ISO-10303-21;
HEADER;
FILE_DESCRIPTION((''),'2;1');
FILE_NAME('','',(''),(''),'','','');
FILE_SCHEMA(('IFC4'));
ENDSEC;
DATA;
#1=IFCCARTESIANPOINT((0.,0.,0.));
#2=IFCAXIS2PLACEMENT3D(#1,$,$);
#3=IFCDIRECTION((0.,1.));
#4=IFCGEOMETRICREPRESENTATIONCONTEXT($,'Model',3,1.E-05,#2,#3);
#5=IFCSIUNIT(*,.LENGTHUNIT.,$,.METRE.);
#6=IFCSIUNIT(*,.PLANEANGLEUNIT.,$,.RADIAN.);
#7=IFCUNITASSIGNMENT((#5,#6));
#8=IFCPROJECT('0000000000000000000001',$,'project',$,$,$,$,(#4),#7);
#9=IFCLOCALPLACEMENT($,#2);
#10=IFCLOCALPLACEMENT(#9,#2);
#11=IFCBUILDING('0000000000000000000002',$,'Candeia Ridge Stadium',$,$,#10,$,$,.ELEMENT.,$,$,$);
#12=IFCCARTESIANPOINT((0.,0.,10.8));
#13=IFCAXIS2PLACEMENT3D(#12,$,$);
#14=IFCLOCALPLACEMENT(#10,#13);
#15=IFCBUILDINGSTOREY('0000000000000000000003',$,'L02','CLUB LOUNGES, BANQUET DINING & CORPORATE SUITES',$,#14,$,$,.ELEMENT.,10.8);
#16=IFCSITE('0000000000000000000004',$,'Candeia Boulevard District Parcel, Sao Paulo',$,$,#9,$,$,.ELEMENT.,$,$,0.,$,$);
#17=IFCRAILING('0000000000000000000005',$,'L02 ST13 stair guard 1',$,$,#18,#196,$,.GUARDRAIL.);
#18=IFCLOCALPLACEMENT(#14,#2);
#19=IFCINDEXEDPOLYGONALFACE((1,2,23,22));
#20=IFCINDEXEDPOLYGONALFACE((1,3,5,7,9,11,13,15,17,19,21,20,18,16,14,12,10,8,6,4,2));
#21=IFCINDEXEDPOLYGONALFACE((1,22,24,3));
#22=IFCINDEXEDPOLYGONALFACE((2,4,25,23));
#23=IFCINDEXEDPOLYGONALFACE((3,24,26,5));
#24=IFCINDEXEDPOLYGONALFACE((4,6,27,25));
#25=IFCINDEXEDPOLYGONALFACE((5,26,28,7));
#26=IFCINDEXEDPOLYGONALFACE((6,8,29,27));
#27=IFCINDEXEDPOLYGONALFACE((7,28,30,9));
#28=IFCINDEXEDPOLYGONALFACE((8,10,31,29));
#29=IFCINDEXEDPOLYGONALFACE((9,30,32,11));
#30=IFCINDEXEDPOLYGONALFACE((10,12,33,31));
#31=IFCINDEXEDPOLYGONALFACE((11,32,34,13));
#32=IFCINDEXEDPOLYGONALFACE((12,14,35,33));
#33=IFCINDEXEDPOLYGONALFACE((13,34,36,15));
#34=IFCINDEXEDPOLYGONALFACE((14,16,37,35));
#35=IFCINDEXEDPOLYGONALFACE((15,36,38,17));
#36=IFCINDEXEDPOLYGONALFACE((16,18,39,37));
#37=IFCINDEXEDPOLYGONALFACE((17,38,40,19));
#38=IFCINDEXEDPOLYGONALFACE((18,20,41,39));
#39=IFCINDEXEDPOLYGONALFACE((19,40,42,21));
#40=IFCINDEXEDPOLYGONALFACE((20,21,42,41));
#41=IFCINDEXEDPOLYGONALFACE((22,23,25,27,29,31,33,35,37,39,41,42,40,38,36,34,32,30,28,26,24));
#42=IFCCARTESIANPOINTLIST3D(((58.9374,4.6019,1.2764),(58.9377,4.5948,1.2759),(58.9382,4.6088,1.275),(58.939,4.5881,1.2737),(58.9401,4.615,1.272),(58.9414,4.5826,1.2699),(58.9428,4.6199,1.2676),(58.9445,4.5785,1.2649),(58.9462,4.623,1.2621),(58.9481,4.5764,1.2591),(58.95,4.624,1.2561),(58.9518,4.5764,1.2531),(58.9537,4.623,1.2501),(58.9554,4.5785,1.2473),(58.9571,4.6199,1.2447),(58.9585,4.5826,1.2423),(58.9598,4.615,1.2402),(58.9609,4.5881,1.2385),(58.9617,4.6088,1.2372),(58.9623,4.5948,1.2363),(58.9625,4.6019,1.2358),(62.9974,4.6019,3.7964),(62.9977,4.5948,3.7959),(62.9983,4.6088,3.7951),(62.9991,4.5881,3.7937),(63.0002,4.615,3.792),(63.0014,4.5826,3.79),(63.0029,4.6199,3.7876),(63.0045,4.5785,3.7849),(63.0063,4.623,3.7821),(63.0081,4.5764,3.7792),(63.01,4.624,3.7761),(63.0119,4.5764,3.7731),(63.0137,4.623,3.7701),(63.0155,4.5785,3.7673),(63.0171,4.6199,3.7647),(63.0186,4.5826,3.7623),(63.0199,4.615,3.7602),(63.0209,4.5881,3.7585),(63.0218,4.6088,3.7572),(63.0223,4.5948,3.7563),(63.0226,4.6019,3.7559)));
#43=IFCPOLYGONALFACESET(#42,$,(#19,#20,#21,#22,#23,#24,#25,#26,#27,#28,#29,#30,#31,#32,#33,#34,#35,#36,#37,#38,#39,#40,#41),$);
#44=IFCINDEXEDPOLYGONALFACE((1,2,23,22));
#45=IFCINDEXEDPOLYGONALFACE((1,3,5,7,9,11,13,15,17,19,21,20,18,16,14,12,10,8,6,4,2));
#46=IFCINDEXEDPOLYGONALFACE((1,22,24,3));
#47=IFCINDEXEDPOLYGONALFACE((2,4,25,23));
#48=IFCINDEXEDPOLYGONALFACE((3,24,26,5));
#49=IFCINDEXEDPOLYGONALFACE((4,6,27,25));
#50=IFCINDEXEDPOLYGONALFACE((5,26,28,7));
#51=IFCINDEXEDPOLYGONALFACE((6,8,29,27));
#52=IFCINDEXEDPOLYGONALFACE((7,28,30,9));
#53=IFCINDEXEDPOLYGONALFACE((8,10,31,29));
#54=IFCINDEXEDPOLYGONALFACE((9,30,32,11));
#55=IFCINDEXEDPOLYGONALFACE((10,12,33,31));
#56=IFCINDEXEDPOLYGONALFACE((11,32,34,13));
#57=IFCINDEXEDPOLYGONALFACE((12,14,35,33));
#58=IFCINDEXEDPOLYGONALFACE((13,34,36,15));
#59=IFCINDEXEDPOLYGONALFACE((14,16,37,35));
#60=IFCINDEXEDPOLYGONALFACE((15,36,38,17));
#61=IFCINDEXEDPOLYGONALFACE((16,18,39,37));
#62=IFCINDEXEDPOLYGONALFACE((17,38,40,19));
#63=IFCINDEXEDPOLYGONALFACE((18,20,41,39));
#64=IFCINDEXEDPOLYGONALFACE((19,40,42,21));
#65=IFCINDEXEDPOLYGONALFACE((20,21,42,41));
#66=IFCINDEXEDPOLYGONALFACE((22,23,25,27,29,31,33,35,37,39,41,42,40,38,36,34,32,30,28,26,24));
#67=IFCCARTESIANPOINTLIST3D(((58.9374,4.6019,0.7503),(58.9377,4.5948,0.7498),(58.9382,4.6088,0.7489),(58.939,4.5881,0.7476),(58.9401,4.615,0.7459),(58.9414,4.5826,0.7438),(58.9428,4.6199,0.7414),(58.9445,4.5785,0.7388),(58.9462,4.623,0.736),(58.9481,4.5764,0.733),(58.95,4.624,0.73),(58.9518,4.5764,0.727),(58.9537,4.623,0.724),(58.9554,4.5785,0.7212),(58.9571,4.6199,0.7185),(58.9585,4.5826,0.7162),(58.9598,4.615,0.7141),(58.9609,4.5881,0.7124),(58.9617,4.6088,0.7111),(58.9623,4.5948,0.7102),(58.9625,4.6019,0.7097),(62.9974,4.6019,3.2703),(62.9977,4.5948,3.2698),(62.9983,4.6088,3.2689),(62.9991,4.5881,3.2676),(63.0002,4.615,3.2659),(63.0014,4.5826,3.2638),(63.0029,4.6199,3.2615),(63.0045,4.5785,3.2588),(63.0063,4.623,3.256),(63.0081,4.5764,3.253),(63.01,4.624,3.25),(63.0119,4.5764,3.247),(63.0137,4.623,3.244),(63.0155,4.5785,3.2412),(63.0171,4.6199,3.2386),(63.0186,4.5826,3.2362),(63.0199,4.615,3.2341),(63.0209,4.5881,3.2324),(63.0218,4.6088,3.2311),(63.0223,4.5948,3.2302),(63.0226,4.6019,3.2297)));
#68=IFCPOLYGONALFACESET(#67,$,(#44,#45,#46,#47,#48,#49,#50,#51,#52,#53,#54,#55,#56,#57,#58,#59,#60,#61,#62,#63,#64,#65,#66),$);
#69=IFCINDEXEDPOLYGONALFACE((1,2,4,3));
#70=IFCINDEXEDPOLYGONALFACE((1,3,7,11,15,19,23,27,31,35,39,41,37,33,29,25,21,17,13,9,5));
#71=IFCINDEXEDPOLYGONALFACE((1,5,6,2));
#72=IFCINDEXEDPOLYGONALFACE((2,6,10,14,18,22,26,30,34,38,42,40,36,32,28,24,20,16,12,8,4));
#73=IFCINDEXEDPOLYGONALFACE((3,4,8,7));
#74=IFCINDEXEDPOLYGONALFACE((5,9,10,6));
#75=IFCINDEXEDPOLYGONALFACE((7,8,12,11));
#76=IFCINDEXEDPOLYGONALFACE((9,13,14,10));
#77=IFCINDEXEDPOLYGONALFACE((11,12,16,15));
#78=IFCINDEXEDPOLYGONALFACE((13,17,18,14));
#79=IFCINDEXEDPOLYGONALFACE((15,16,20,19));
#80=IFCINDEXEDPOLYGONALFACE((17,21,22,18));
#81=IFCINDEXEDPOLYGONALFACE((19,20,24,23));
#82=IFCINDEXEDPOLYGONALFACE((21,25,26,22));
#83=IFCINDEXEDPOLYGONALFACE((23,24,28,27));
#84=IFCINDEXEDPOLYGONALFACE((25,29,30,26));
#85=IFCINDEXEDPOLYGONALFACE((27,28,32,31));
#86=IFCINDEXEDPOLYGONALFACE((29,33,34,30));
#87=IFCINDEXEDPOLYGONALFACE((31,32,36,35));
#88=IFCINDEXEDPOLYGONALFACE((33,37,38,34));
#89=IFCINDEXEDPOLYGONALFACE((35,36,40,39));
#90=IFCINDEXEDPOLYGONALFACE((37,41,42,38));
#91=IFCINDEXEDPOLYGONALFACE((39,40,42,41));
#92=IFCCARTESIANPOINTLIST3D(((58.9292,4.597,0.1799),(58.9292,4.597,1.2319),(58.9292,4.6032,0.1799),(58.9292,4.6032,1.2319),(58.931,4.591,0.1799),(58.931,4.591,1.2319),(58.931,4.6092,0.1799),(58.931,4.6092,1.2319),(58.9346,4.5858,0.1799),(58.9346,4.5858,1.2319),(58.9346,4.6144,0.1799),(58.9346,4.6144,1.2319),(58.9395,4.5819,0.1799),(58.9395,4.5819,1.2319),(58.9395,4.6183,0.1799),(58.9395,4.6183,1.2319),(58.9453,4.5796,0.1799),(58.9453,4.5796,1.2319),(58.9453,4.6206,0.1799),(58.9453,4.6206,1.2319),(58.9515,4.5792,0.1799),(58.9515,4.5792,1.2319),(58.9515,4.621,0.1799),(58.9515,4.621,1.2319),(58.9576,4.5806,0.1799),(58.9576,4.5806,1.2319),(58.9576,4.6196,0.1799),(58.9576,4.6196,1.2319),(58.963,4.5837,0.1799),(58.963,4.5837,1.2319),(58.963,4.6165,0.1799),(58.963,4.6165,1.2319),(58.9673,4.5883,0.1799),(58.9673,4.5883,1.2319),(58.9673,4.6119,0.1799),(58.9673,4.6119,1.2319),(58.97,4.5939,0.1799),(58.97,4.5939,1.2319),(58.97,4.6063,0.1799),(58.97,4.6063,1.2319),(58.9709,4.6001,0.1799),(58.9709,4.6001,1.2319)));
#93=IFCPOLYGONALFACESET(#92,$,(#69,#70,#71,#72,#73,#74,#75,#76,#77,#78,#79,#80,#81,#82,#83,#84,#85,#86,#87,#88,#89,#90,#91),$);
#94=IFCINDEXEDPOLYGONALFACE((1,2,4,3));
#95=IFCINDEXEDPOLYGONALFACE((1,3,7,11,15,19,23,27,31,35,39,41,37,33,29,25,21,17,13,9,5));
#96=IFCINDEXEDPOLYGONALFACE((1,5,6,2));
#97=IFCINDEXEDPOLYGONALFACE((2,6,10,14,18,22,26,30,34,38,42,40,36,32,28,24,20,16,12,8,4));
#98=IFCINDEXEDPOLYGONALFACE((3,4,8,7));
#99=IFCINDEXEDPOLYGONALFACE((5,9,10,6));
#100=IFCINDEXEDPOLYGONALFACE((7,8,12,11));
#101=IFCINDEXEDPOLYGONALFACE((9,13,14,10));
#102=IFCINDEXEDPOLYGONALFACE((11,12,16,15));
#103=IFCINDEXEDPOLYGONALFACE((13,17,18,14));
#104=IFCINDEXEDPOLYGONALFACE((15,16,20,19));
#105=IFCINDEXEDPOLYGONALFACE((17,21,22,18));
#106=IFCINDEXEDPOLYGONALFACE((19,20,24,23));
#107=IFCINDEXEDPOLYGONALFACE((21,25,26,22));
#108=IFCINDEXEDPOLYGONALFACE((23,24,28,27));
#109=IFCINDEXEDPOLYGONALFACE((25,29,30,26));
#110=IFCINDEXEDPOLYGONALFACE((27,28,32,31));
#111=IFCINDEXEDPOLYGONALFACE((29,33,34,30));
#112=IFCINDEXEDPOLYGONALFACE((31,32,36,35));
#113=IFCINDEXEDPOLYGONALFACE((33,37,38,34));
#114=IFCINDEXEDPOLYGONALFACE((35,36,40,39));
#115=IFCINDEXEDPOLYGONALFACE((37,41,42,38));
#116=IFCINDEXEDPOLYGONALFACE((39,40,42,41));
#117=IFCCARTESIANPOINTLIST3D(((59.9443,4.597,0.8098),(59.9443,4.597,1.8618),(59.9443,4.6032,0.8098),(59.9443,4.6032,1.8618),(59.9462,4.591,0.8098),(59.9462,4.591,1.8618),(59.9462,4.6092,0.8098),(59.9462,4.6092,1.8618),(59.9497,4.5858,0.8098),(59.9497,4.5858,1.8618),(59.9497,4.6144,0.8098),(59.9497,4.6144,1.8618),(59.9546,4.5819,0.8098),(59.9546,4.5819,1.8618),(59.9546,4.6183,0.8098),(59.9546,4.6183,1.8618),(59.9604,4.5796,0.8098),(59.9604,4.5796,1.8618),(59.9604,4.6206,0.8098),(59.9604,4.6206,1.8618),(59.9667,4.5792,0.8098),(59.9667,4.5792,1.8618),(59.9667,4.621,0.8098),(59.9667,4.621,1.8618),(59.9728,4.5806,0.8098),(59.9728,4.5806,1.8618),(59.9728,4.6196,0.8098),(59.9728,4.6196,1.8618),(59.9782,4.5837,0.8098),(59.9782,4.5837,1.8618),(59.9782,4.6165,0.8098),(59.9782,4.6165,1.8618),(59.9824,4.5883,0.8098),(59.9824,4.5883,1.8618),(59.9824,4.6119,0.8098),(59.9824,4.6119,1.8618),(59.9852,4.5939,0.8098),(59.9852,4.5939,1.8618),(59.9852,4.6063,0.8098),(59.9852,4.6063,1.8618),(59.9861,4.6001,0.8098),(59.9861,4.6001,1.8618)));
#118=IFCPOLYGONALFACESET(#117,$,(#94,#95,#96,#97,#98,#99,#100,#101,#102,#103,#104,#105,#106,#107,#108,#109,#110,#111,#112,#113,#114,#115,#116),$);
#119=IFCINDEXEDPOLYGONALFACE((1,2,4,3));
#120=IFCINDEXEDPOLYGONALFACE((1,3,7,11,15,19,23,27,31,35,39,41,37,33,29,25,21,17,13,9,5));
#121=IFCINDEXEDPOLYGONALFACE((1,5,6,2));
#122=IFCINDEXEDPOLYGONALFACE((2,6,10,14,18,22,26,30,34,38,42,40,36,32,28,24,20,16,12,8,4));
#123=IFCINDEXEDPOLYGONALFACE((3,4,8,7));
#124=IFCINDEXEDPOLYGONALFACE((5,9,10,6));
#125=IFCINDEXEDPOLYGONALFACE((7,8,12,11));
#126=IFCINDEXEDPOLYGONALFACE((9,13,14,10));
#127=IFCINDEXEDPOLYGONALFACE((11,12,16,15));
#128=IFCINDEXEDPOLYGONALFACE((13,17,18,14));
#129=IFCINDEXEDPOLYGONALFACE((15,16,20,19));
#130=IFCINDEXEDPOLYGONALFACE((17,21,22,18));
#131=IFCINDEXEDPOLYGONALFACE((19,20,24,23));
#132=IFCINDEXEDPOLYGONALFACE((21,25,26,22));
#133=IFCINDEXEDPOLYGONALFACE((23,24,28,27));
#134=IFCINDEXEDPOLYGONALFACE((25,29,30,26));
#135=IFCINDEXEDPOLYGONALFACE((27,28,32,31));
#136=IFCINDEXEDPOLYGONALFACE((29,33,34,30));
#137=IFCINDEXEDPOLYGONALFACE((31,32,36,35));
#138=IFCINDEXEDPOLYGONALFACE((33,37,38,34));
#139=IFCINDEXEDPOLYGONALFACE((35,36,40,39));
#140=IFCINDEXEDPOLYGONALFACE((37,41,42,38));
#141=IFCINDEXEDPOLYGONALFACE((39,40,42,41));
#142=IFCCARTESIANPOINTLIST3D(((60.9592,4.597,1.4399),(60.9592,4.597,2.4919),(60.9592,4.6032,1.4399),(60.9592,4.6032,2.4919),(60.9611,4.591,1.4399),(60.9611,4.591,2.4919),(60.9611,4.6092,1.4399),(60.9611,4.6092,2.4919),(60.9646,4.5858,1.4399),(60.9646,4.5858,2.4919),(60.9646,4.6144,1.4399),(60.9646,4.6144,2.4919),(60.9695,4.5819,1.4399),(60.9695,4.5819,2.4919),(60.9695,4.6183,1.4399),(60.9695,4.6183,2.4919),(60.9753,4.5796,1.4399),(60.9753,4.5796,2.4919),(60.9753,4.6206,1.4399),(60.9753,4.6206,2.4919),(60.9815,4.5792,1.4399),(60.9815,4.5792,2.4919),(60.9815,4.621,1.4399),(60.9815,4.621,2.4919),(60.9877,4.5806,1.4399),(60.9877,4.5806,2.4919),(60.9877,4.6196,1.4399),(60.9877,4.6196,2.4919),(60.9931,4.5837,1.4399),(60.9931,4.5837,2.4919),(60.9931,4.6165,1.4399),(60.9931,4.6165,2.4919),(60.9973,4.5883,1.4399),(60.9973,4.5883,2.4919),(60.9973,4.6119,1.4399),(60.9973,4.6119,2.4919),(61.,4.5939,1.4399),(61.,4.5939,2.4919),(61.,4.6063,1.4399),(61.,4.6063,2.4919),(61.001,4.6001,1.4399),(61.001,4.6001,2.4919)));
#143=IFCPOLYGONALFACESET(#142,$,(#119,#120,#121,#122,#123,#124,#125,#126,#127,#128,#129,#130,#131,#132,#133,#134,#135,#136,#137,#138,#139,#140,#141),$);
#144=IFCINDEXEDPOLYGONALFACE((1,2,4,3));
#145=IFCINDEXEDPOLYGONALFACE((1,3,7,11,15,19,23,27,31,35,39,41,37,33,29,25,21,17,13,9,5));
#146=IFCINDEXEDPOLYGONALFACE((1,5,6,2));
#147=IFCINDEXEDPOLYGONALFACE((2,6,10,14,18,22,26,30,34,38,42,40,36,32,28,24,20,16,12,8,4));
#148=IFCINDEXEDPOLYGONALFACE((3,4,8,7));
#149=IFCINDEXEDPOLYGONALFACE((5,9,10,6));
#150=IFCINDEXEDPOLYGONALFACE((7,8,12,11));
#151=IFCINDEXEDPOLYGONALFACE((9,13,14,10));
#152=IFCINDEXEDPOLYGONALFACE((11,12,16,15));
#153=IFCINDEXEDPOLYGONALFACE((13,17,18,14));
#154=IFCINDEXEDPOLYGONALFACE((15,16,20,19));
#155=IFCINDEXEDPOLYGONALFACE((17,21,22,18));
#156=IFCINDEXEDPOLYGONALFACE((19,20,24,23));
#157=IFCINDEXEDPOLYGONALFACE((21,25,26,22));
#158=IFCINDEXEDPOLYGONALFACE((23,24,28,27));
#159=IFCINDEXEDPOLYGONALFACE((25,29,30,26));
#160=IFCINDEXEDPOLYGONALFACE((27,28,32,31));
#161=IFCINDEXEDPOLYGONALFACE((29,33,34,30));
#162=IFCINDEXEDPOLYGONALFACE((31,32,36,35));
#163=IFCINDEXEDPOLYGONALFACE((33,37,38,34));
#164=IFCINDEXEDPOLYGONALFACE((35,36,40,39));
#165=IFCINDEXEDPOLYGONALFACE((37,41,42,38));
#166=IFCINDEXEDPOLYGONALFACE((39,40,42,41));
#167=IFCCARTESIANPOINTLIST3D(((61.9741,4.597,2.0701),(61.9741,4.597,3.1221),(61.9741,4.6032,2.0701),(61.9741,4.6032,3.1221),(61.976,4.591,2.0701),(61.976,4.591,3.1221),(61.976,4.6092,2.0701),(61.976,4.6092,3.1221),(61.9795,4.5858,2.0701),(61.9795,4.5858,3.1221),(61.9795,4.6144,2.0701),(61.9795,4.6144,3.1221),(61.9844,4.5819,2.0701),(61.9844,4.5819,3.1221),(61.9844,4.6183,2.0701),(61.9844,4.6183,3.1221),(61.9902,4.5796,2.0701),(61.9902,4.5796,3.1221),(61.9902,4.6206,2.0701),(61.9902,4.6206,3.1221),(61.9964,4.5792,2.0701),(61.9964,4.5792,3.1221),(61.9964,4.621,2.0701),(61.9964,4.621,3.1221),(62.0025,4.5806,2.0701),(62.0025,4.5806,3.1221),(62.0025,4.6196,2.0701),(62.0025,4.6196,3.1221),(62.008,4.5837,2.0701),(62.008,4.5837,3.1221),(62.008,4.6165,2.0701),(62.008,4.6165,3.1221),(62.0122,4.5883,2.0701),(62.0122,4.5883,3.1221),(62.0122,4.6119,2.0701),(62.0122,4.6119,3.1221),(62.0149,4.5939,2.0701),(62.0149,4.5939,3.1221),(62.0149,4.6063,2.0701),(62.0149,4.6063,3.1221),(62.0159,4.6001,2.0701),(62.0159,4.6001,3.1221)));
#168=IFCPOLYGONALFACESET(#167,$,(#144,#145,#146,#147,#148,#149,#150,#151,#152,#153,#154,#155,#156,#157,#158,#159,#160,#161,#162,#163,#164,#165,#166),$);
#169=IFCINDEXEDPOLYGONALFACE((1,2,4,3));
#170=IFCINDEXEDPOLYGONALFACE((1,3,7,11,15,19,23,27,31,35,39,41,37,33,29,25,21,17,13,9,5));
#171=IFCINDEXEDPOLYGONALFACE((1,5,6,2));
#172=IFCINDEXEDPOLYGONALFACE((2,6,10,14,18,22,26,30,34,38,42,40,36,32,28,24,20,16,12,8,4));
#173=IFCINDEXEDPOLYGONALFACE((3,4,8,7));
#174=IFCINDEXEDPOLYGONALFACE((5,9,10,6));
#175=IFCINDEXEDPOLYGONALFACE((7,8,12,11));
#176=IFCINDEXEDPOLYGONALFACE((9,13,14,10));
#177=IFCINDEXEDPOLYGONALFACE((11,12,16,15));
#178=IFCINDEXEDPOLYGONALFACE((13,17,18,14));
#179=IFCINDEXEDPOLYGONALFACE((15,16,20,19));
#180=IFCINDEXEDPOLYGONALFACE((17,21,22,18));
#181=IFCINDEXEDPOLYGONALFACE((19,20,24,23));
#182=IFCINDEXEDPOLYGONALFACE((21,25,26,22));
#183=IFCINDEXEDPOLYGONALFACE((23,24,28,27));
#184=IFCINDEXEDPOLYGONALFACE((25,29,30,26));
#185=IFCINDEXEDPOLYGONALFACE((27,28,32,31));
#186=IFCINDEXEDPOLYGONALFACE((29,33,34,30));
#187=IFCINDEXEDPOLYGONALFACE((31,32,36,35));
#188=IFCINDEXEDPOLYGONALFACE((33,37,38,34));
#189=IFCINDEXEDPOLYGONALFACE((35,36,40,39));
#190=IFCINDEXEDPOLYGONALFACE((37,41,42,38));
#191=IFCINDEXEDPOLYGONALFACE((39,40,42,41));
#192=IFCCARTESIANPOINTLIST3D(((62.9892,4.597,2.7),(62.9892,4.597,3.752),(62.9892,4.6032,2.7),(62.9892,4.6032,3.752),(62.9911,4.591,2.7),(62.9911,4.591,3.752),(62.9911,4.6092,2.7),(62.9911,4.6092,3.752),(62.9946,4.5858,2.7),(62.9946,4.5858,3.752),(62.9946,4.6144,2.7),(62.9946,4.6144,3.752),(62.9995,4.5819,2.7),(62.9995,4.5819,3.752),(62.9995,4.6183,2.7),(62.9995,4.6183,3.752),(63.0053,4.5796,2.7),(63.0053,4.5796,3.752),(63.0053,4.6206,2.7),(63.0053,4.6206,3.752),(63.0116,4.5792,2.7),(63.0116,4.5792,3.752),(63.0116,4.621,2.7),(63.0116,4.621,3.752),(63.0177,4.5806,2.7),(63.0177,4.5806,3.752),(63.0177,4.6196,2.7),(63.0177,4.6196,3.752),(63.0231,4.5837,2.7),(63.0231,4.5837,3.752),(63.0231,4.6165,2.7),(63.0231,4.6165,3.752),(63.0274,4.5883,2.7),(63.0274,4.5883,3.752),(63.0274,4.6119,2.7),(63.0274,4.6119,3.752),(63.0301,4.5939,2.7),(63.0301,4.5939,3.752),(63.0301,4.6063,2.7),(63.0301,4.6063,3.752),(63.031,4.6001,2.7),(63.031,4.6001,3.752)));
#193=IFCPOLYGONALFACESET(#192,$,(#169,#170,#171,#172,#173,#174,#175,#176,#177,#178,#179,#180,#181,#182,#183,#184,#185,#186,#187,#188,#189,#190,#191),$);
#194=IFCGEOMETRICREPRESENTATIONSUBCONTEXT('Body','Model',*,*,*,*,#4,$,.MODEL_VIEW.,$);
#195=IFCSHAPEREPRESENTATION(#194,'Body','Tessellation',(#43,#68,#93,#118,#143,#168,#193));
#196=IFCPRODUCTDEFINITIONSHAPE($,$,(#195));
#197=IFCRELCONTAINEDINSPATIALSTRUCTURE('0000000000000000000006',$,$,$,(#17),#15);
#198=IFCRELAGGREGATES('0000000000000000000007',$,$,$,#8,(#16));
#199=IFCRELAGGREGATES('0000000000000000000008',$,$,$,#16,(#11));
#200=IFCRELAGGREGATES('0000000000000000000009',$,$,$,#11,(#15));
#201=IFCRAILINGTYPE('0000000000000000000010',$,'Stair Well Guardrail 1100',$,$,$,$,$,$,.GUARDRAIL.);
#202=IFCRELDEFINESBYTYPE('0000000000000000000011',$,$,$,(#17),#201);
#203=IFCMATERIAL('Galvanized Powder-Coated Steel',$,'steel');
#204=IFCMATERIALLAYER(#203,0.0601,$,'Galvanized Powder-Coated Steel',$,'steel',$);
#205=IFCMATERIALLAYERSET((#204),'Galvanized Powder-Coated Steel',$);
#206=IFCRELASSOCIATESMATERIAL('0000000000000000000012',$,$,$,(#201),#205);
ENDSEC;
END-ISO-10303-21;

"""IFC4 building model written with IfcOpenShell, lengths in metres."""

from ifc_helpers import new_model, si_unit, direction, frame, origin, origin_2d, place, context, subcontext, project, spatial, circle, extrude, material, layer, layer_set, type_object, element, save


model = new_model("IFC4")

# Units and contexts
model_context = context("Model", 3, precision=1e-05, world=origin(), true_north=direction((0.0, 1.0)))
body_context = subcontext(model_context, "Body", "Model", "MODEL_VIEW")
ifc_project = project(units=[si_unit("LENGTHUNIT", "METRE"), si_unit("PLANEANGLEUNIT", "RADIAN")], contexts=[model_context])

# Site, building, storey
site_placement = place(None, origin())
site = spatial("IfcSite", under=ifc_project, at=site_placement, Name="Candeia Boulevard District Parcel, Sao Paulo", CompositionType="ELEMENT", RefElevation=0.0)
building_placement = place(site_placement, origin())
building = spatial("IfcBuilding", under=site, at=building_placement, Name="Candeia Ridge Stadium", CompositionType="ELEMENT")
storey_placement = place(building_placement, frame((0.0, 0.0, 10.8)))
storey = spatial("IfcBuildingStorey", under=building, at=storey_placement, Name="L02", Description="CLUB LOUNGES, BANQUET DINING & CORPORATE SUITES", CompositionType="ELEMENT", Elevation=10.8)

# Railing
ifc_material_1 = material(Name="Galvanized Powder-Coated Steel", Category="steel")
ifc_layer_1 = layer(ifc_material_1, 0.0601, Name="Galvanized Powder-Coated Steel", Category="steel")
ifc_layer_set_1 = layer_set([ifc_layer_1], Name="Galvanized Powder-Coated Steel")
railing_type_1 = type_object("IfcRailingType", Name="Stair Well Guardrail 1100", PredefinedType="GUARDRAIL", material=ifc_layer_set_1)
railing_1_placement = place(storey_placement, frame((58.95, 4.6001, 0.1799)))
element("IfcRailing", 1, at=railing_1_placement, inside=storey, type_object=railing_type_1, Name="L02 ST13 stair guard 1", PredefinedType="GUARDRAIL", context=body_context, shape_type="SweptSolid", body=[
    extrude(circle(Radius=0.0239, at=origin_2d()), frame((0.0, 0.0, 1.0762), z_axis=(0.849642, 0.0, 0.52736), x_axis=(0.0, 1.0, 0.0)), (0.0, 0.0, 1.0), 4.7786),
    extrude(circle(Radius=0.0239, at=origin_2d()), frame((0.0, 0.0, 0.55), z_axis=(0.849642, 0.0, 0.52736), x_axis=(0.0, 1.0, 0.0)), (0.0, 0.0, 1.0), 4.7786),
    extrude(circle(Radius=0.021, at=origin_2d()), origin(), (0.0, 0.0, 1.0), 1.052),
    extrude(circle(Radius=0.021, at=origin_2d()), frame((1.0151, 0.0, 0.6299)), (0.0, 0.0, 1.0), 1.052),
    extrude(circle(Radius=0.021, at=origin_2d()), frame((2.03, 0.0, 1.26)), (0.0, 0.0, 1.0), 1.052),
    extrude(circle(Radius=0.021, at=origin_2d()), frame((3.0449, 0.0, 1.8901)), (0.0, 0.0, 1.0), 1.052),
    extrude(circle(Radius=0.021, at=origin_2d()), frame((4.0601, 0.0, 2.52)), (0.0, 0.0, 1.0), 1.052),
])

save(model, "model.ifc")
